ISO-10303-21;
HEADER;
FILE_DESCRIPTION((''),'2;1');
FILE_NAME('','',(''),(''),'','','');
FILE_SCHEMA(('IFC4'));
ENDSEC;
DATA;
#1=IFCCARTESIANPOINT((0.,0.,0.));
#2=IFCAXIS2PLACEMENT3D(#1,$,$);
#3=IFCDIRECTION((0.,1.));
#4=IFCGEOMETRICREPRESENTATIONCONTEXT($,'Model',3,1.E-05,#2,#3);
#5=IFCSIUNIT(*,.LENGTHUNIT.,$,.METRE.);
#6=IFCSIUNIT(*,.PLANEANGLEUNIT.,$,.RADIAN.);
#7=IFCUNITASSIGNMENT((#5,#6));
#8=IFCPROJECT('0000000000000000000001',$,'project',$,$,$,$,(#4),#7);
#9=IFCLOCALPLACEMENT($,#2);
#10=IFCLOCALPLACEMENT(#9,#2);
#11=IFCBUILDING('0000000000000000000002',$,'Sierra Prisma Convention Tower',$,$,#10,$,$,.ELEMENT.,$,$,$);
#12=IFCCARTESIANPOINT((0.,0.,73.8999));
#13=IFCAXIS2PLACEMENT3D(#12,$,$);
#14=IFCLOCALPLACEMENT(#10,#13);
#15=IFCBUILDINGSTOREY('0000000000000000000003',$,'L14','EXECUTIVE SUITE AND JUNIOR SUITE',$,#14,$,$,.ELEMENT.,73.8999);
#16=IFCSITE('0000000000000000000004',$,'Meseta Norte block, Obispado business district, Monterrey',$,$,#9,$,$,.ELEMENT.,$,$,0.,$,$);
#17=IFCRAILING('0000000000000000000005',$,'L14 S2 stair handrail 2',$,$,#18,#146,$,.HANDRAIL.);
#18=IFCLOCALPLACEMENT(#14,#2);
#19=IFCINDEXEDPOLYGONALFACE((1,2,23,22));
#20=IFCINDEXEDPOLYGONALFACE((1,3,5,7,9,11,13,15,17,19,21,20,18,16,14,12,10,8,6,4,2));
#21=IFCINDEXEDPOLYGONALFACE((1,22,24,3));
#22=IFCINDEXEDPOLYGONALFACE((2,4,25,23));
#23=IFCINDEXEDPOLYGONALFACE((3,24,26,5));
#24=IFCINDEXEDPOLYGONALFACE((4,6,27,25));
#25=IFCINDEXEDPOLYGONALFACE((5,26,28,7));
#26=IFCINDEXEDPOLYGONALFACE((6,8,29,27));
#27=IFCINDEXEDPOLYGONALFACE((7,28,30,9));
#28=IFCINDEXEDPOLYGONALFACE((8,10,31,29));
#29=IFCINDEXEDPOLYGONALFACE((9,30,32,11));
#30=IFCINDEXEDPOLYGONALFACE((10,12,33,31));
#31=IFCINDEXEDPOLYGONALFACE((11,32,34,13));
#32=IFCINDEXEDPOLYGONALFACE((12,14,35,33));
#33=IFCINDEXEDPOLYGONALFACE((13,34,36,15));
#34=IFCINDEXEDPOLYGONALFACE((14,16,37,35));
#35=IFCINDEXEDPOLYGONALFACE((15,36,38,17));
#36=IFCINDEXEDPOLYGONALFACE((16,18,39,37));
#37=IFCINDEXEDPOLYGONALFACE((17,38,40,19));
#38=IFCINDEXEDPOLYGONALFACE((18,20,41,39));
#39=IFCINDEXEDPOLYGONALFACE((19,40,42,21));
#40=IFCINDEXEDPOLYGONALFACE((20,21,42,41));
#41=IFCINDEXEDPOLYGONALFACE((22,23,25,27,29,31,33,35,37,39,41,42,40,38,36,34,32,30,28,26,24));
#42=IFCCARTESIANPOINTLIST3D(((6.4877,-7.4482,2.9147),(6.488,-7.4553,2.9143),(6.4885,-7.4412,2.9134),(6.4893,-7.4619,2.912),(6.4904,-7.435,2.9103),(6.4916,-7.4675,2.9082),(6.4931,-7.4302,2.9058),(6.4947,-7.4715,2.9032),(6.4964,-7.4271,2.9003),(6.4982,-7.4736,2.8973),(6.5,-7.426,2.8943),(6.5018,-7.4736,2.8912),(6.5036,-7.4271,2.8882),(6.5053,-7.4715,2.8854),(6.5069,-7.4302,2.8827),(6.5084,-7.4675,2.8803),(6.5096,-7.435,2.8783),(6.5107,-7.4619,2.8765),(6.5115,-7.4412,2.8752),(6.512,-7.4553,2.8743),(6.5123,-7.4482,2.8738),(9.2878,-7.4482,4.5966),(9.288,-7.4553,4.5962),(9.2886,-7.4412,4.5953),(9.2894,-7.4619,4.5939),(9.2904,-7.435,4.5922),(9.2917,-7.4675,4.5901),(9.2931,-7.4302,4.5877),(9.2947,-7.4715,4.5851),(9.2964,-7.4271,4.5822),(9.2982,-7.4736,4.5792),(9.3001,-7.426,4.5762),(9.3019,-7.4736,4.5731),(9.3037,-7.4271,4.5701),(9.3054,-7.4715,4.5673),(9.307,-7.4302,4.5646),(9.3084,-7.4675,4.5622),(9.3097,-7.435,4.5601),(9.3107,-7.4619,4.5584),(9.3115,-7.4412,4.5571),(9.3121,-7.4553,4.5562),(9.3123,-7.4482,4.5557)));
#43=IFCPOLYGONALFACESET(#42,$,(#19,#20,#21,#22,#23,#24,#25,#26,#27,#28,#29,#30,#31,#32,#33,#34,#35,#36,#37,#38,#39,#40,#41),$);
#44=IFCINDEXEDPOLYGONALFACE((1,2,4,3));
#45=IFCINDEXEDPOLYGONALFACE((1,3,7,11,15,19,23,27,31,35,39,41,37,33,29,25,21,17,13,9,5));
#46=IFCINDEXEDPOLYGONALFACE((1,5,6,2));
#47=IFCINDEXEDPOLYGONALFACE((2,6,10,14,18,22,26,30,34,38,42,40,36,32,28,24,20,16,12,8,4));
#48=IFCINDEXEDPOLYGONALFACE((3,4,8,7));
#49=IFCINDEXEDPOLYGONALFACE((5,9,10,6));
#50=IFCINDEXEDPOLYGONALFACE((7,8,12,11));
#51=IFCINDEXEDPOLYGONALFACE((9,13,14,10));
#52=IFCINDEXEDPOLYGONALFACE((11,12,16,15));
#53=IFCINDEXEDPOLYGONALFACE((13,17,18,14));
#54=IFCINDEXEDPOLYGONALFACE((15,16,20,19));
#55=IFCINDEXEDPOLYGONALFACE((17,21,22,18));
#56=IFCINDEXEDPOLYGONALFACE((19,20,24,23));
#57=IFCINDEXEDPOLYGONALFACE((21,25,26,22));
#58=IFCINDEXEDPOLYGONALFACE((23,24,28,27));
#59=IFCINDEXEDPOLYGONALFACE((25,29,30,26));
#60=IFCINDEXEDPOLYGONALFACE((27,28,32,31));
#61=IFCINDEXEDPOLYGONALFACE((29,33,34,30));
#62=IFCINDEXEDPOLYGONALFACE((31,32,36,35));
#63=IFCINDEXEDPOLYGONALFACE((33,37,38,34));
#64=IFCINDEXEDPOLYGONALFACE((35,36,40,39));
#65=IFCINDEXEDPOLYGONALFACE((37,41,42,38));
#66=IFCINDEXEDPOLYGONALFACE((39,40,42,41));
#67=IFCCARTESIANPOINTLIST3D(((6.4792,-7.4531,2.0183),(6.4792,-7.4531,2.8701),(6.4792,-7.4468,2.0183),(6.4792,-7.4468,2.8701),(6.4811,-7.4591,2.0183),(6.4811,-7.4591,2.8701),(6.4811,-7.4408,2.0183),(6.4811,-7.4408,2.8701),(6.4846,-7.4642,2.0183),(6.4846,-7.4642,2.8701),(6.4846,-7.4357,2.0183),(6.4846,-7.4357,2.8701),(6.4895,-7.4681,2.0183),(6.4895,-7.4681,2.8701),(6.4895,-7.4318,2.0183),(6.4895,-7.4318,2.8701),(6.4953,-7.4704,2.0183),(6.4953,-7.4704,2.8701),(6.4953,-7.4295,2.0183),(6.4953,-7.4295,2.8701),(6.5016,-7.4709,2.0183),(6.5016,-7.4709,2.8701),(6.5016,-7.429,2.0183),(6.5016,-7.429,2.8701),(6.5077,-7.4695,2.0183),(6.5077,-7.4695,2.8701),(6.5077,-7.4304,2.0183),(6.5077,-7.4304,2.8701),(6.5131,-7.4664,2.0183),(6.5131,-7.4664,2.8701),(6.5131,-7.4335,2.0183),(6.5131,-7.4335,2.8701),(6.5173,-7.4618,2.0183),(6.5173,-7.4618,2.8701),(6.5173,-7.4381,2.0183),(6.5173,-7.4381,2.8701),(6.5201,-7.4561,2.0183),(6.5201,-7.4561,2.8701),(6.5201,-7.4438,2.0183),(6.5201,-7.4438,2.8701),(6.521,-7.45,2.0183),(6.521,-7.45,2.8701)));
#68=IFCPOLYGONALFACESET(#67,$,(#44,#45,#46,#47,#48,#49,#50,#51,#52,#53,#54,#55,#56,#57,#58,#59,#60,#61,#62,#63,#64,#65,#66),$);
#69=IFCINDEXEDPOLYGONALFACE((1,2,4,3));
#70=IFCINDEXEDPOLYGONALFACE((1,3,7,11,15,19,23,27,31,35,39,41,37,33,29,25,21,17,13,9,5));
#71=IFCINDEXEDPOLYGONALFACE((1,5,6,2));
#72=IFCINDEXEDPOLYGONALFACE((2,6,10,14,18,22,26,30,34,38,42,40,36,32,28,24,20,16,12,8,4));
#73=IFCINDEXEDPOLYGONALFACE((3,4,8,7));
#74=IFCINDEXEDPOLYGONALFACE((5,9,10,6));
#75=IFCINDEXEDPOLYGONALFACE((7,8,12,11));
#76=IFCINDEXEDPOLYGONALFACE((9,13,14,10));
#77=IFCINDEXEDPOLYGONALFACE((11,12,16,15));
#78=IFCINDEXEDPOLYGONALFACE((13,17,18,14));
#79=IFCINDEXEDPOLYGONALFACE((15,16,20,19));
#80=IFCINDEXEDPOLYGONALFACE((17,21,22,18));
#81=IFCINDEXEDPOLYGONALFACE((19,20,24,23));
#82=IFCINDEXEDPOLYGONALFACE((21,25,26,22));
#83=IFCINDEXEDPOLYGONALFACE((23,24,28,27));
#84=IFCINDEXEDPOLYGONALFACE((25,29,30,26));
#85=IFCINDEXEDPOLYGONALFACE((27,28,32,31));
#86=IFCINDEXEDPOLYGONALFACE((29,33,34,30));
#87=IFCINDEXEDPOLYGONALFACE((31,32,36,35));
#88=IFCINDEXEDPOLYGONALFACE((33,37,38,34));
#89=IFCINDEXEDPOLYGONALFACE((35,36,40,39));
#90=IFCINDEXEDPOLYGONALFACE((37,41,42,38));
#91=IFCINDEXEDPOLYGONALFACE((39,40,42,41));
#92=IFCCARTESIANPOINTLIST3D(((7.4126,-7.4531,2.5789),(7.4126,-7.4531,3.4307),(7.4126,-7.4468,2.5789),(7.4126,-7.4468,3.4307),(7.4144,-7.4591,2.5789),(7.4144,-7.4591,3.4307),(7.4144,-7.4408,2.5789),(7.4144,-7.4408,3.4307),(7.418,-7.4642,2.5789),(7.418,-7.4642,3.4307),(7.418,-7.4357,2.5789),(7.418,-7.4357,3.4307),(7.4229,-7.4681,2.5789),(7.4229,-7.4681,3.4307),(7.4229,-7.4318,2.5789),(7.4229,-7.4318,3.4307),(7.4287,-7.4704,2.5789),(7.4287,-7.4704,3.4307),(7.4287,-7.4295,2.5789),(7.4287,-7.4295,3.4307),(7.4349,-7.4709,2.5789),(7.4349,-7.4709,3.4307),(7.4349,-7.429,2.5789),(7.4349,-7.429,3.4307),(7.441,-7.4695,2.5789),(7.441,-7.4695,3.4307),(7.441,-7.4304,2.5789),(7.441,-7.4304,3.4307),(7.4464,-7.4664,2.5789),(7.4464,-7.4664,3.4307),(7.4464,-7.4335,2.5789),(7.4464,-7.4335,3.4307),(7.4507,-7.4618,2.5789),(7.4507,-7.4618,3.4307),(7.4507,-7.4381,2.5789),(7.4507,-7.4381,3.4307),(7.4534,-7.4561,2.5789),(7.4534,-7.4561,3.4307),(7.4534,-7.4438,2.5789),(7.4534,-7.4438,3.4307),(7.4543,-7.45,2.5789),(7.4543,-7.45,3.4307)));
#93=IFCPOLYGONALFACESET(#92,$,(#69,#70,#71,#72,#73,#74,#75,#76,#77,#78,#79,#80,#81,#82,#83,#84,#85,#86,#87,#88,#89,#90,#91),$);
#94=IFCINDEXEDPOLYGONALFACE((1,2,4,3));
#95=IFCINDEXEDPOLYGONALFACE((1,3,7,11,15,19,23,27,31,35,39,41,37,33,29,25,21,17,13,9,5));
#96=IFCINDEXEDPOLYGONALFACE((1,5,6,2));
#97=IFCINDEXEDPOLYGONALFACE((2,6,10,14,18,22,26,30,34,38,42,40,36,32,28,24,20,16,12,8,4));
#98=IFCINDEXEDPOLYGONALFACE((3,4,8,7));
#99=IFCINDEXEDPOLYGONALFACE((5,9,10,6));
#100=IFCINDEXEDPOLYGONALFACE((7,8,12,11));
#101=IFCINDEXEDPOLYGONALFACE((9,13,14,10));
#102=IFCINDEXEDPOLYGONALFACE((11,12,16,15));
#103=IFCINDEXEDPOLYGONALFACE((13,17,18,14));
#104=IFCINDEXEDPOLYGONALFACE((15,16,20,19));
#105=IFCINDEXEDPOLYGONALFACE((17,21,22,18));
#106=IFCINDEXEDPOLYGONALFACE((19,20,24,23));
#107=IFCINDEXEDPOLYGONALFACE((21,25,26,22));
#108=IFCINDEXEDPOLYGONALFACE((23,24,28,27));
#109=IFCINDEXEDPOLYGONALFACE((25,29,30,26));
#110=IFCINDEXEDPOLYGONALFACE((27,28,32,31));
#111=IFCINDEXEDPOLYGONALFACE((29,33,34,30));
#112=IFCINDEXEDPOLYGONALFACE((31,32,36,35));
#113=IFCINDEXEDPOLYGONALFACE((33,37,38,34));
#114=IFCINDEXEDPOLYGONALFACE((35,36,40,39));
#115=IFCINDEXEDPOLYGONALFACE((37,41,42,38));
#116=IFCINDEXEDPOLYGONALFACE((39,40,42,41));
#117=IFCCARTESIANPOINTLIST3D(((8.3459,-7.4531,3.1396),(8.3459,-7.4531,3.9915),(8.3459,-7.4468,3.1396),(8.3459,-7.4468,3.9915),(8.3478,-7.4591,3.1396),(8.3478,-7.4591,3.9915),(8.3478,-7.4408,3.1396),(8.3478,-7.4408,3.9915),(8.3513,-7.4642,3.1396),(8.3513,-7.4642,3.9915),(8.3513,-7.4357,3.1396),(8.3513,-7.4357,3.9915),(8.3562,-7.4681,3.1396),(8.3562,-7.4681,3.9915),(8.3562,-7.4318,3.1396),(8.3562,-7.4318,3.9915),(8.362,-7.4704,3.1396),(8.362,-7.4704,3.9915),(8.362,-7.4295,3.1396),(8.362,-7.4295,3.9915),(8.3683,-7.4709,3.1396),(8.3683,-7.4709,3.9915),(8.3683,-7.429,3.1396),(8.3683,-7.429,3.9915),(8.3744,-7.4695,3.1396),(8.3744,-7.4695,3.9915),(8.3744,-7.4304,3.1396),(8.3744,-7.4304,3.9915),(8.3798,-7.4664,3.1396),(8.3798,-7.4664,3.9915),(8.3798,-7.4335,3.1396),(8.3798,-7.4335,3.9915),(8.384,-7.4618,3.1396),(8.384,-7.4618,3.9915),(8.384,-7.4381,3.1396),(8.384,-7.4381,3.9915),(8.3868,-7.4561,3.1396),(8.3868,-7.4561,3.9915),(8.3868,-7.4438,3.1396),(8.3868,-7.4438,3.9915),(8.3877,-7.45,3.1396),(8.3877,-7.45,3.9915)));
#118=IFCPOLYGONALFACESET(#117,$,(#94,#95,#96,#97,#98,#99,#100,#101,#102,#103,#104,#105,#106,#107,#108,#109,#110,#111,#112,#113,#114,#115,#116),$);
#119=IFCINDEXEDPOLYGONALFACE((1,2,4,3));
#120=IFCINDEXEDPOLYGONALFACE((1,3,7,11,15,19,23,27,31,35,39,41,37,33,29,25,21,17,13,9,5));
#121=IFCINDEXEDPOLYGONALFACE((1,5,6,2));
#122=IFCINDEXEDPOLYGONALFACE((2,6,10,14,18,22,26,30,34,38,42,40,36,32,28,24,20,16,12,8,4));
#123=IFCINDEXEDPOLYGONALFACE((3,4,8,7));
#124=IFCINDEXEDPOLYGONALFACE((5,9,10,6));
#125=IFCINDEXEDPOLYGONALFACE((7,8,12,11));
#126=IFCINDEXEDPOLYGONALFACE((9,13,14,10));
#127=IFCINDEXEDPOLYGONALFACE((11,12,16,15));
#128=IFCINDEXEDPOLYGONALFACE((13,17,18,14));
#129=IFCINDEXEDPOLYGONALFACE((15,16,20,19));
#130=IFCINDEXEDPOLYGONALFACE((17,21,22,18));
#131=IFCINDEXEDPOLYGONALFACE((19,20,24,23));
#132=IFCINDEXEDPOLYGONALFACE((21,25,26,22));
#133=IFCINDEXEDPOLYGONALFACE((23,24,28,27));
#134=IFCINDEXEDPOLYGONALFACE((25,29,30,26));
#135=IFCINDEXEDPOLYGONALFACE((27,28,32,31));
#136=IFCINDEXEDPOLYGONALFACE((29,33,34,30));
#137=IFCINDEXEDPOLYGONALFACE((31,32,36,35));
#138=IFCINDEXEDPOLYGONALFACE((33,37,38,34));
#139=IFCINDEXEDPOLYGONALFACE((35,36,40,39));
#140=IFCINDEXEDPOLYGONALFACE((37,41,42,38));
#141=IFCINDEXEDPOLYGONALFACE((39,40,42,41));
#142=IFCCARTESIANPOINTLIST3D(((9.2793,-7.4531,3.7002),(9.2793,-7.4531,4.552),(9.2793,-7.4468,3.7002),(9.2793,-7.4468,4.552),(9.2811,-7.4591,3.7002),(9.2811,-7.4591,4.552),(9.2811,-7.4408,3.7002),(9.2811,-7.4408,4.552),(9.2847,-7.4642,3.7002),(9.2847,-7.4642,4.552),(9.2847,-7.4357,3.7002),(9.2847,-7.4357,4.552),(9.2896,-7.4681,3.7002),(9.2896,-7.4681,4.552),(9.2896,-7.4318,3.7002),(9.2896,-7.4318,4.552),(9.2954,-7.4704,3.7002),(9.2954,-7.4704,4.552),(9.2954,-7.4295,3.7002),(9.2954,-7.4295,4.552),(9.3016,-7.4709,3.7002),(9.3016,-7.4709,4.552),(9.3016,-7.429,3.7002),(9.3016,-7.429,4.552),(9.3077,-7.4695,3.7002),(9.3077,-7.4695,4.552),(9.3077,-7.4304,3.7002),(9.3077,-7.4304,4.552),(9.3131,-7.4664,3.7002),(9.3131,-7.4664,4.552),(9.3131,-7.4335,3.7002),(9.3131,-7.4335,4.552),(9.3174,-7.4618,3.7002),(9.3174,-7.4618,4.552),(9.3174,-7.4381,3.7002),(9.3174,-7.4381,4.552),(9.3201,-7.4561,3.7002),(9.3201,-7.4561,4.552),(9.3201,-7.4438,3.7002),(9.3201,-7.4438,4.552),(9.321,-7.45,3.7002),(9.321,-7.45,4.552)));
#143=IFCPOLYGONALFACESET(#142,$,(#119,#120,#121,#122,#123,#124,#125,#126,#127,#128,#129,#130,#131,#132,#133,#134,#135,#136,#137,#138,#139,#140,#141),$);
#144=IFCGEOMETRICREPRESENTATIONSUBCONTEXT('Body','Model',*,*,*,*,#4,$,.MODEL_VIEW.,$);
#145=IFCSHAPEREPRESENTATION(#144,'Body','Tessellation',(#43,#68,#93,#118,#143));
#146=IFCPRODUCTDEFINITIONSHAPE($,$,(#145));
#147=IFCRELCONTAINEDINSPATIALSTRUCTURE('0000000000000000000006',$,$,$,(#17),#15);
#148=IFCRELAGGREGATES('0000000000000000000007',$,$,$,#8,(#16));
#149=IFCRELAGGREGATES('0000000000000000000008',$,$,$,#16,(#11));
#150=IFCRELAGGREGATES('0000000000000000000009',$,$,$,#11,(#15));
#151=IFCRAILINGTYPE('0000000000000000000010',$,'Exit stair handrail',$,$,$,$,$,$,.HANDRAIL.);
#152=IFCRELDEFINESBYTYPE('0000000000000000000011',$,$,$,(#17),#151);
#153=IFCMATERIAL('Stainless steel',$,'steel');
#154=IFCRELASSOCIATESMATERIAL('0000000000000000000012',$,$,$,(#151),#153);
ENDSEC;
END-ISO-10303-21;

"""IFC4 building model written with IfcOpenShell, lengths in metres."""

from ifc_helpers import new_model, si_unit, direction, frame, origin, origin_2d, place, context, subcontext, project, spatial, circle, extrude, material, type_object, element, save


model = new_model("IFC4")

# Units and contexts
model_context = context("Model", 3, precision=1e-05, world=origin(), true_north=direction((0.0, 1.0)))
body_context = subcontext(model_context, "Body", "Model", "MODEL_VIEW")
ifc_project = project(units=[si_unit("LENGTHUNIT", "METRE"), si_unit("PLANEANGLEUNIT", "RADIAN")], contexts=[model_context])

# Site, building, storey
site_placement = place(None, origin())
site = spatial("IfcSite", under=ifc_project, at=site_placement, Name="Meseta Norte block, Obispado business district, Monterrey", CompositionType="ELEMENT", RefElevation=0.0)
building_placement = place(site_placement, origin())
building = spatial("IfcBuilding", under=site, at=building_placement, Name="Sierra Prisma Convention Tower", CompositionType="ELEMENT")
storey_placement = place(building_placement, frame((0.0, 0.0, 73.8999)))
storey = spatial("IfcBuildingStorey", under=building, at=storey_placement, Name="L14", Description="EXECUTIVE SUITE AND JUNIOR SUITE", CompositionType="ELEMENT", Elevation=73.8999)

# Railing
ifc_material_1 = material(Name="Stainless steel", Category="steel")
railing_type_1 = type_object("IfcRailingType", Name="Exit stair handrail", PredefinedType="HANDRAIL", material=ifc_material_1)
railing_1_placement = place(storey_placement, frame((6.5, -7.45, 2.0183)))
element("IfcRailing", 1, at=railing_1_placement, inside=storey, type_object=railing_type_1, Name="L14 S2 stair handrail 2", PredefinedType="HANDRAIL", context=body_context, shape_type="SweptSolid", body=[
    extrude(circle(Radius=0.0239, at=origin_2d()), frame((0.0, 0.0, 0.876), z_axis=(0.857242, 0.0, 0.514913), x_axis=(0.0, 1.0, 0.0)), (0.0, 0.0, 1.0), 3.2664),
    extrude(circle(Radius=0.021, at=origin_2d()), origin(), (0.0, 0.0, 1.0), 0.8518),
    extrude(circle(Radius=0.021, at=origin_2d()), frame((0.9333, 0.0, 0.5605)), (0.0, 0.0, 1.0), 0.8518),
    extrude(circle(Radius=0.021, at=origin_2d()), frame((1.8667, 0.0, 1.1213)), (0.0, 0.0, 1.0), 0.8518),
    extrude(circle(Radius=0.021, at=origin_2d()), frame((2.8, 0.0, 1.6819)), (0.0, 0.0, 1.0), 0.8518),
])

save(model, "model.ifc")
